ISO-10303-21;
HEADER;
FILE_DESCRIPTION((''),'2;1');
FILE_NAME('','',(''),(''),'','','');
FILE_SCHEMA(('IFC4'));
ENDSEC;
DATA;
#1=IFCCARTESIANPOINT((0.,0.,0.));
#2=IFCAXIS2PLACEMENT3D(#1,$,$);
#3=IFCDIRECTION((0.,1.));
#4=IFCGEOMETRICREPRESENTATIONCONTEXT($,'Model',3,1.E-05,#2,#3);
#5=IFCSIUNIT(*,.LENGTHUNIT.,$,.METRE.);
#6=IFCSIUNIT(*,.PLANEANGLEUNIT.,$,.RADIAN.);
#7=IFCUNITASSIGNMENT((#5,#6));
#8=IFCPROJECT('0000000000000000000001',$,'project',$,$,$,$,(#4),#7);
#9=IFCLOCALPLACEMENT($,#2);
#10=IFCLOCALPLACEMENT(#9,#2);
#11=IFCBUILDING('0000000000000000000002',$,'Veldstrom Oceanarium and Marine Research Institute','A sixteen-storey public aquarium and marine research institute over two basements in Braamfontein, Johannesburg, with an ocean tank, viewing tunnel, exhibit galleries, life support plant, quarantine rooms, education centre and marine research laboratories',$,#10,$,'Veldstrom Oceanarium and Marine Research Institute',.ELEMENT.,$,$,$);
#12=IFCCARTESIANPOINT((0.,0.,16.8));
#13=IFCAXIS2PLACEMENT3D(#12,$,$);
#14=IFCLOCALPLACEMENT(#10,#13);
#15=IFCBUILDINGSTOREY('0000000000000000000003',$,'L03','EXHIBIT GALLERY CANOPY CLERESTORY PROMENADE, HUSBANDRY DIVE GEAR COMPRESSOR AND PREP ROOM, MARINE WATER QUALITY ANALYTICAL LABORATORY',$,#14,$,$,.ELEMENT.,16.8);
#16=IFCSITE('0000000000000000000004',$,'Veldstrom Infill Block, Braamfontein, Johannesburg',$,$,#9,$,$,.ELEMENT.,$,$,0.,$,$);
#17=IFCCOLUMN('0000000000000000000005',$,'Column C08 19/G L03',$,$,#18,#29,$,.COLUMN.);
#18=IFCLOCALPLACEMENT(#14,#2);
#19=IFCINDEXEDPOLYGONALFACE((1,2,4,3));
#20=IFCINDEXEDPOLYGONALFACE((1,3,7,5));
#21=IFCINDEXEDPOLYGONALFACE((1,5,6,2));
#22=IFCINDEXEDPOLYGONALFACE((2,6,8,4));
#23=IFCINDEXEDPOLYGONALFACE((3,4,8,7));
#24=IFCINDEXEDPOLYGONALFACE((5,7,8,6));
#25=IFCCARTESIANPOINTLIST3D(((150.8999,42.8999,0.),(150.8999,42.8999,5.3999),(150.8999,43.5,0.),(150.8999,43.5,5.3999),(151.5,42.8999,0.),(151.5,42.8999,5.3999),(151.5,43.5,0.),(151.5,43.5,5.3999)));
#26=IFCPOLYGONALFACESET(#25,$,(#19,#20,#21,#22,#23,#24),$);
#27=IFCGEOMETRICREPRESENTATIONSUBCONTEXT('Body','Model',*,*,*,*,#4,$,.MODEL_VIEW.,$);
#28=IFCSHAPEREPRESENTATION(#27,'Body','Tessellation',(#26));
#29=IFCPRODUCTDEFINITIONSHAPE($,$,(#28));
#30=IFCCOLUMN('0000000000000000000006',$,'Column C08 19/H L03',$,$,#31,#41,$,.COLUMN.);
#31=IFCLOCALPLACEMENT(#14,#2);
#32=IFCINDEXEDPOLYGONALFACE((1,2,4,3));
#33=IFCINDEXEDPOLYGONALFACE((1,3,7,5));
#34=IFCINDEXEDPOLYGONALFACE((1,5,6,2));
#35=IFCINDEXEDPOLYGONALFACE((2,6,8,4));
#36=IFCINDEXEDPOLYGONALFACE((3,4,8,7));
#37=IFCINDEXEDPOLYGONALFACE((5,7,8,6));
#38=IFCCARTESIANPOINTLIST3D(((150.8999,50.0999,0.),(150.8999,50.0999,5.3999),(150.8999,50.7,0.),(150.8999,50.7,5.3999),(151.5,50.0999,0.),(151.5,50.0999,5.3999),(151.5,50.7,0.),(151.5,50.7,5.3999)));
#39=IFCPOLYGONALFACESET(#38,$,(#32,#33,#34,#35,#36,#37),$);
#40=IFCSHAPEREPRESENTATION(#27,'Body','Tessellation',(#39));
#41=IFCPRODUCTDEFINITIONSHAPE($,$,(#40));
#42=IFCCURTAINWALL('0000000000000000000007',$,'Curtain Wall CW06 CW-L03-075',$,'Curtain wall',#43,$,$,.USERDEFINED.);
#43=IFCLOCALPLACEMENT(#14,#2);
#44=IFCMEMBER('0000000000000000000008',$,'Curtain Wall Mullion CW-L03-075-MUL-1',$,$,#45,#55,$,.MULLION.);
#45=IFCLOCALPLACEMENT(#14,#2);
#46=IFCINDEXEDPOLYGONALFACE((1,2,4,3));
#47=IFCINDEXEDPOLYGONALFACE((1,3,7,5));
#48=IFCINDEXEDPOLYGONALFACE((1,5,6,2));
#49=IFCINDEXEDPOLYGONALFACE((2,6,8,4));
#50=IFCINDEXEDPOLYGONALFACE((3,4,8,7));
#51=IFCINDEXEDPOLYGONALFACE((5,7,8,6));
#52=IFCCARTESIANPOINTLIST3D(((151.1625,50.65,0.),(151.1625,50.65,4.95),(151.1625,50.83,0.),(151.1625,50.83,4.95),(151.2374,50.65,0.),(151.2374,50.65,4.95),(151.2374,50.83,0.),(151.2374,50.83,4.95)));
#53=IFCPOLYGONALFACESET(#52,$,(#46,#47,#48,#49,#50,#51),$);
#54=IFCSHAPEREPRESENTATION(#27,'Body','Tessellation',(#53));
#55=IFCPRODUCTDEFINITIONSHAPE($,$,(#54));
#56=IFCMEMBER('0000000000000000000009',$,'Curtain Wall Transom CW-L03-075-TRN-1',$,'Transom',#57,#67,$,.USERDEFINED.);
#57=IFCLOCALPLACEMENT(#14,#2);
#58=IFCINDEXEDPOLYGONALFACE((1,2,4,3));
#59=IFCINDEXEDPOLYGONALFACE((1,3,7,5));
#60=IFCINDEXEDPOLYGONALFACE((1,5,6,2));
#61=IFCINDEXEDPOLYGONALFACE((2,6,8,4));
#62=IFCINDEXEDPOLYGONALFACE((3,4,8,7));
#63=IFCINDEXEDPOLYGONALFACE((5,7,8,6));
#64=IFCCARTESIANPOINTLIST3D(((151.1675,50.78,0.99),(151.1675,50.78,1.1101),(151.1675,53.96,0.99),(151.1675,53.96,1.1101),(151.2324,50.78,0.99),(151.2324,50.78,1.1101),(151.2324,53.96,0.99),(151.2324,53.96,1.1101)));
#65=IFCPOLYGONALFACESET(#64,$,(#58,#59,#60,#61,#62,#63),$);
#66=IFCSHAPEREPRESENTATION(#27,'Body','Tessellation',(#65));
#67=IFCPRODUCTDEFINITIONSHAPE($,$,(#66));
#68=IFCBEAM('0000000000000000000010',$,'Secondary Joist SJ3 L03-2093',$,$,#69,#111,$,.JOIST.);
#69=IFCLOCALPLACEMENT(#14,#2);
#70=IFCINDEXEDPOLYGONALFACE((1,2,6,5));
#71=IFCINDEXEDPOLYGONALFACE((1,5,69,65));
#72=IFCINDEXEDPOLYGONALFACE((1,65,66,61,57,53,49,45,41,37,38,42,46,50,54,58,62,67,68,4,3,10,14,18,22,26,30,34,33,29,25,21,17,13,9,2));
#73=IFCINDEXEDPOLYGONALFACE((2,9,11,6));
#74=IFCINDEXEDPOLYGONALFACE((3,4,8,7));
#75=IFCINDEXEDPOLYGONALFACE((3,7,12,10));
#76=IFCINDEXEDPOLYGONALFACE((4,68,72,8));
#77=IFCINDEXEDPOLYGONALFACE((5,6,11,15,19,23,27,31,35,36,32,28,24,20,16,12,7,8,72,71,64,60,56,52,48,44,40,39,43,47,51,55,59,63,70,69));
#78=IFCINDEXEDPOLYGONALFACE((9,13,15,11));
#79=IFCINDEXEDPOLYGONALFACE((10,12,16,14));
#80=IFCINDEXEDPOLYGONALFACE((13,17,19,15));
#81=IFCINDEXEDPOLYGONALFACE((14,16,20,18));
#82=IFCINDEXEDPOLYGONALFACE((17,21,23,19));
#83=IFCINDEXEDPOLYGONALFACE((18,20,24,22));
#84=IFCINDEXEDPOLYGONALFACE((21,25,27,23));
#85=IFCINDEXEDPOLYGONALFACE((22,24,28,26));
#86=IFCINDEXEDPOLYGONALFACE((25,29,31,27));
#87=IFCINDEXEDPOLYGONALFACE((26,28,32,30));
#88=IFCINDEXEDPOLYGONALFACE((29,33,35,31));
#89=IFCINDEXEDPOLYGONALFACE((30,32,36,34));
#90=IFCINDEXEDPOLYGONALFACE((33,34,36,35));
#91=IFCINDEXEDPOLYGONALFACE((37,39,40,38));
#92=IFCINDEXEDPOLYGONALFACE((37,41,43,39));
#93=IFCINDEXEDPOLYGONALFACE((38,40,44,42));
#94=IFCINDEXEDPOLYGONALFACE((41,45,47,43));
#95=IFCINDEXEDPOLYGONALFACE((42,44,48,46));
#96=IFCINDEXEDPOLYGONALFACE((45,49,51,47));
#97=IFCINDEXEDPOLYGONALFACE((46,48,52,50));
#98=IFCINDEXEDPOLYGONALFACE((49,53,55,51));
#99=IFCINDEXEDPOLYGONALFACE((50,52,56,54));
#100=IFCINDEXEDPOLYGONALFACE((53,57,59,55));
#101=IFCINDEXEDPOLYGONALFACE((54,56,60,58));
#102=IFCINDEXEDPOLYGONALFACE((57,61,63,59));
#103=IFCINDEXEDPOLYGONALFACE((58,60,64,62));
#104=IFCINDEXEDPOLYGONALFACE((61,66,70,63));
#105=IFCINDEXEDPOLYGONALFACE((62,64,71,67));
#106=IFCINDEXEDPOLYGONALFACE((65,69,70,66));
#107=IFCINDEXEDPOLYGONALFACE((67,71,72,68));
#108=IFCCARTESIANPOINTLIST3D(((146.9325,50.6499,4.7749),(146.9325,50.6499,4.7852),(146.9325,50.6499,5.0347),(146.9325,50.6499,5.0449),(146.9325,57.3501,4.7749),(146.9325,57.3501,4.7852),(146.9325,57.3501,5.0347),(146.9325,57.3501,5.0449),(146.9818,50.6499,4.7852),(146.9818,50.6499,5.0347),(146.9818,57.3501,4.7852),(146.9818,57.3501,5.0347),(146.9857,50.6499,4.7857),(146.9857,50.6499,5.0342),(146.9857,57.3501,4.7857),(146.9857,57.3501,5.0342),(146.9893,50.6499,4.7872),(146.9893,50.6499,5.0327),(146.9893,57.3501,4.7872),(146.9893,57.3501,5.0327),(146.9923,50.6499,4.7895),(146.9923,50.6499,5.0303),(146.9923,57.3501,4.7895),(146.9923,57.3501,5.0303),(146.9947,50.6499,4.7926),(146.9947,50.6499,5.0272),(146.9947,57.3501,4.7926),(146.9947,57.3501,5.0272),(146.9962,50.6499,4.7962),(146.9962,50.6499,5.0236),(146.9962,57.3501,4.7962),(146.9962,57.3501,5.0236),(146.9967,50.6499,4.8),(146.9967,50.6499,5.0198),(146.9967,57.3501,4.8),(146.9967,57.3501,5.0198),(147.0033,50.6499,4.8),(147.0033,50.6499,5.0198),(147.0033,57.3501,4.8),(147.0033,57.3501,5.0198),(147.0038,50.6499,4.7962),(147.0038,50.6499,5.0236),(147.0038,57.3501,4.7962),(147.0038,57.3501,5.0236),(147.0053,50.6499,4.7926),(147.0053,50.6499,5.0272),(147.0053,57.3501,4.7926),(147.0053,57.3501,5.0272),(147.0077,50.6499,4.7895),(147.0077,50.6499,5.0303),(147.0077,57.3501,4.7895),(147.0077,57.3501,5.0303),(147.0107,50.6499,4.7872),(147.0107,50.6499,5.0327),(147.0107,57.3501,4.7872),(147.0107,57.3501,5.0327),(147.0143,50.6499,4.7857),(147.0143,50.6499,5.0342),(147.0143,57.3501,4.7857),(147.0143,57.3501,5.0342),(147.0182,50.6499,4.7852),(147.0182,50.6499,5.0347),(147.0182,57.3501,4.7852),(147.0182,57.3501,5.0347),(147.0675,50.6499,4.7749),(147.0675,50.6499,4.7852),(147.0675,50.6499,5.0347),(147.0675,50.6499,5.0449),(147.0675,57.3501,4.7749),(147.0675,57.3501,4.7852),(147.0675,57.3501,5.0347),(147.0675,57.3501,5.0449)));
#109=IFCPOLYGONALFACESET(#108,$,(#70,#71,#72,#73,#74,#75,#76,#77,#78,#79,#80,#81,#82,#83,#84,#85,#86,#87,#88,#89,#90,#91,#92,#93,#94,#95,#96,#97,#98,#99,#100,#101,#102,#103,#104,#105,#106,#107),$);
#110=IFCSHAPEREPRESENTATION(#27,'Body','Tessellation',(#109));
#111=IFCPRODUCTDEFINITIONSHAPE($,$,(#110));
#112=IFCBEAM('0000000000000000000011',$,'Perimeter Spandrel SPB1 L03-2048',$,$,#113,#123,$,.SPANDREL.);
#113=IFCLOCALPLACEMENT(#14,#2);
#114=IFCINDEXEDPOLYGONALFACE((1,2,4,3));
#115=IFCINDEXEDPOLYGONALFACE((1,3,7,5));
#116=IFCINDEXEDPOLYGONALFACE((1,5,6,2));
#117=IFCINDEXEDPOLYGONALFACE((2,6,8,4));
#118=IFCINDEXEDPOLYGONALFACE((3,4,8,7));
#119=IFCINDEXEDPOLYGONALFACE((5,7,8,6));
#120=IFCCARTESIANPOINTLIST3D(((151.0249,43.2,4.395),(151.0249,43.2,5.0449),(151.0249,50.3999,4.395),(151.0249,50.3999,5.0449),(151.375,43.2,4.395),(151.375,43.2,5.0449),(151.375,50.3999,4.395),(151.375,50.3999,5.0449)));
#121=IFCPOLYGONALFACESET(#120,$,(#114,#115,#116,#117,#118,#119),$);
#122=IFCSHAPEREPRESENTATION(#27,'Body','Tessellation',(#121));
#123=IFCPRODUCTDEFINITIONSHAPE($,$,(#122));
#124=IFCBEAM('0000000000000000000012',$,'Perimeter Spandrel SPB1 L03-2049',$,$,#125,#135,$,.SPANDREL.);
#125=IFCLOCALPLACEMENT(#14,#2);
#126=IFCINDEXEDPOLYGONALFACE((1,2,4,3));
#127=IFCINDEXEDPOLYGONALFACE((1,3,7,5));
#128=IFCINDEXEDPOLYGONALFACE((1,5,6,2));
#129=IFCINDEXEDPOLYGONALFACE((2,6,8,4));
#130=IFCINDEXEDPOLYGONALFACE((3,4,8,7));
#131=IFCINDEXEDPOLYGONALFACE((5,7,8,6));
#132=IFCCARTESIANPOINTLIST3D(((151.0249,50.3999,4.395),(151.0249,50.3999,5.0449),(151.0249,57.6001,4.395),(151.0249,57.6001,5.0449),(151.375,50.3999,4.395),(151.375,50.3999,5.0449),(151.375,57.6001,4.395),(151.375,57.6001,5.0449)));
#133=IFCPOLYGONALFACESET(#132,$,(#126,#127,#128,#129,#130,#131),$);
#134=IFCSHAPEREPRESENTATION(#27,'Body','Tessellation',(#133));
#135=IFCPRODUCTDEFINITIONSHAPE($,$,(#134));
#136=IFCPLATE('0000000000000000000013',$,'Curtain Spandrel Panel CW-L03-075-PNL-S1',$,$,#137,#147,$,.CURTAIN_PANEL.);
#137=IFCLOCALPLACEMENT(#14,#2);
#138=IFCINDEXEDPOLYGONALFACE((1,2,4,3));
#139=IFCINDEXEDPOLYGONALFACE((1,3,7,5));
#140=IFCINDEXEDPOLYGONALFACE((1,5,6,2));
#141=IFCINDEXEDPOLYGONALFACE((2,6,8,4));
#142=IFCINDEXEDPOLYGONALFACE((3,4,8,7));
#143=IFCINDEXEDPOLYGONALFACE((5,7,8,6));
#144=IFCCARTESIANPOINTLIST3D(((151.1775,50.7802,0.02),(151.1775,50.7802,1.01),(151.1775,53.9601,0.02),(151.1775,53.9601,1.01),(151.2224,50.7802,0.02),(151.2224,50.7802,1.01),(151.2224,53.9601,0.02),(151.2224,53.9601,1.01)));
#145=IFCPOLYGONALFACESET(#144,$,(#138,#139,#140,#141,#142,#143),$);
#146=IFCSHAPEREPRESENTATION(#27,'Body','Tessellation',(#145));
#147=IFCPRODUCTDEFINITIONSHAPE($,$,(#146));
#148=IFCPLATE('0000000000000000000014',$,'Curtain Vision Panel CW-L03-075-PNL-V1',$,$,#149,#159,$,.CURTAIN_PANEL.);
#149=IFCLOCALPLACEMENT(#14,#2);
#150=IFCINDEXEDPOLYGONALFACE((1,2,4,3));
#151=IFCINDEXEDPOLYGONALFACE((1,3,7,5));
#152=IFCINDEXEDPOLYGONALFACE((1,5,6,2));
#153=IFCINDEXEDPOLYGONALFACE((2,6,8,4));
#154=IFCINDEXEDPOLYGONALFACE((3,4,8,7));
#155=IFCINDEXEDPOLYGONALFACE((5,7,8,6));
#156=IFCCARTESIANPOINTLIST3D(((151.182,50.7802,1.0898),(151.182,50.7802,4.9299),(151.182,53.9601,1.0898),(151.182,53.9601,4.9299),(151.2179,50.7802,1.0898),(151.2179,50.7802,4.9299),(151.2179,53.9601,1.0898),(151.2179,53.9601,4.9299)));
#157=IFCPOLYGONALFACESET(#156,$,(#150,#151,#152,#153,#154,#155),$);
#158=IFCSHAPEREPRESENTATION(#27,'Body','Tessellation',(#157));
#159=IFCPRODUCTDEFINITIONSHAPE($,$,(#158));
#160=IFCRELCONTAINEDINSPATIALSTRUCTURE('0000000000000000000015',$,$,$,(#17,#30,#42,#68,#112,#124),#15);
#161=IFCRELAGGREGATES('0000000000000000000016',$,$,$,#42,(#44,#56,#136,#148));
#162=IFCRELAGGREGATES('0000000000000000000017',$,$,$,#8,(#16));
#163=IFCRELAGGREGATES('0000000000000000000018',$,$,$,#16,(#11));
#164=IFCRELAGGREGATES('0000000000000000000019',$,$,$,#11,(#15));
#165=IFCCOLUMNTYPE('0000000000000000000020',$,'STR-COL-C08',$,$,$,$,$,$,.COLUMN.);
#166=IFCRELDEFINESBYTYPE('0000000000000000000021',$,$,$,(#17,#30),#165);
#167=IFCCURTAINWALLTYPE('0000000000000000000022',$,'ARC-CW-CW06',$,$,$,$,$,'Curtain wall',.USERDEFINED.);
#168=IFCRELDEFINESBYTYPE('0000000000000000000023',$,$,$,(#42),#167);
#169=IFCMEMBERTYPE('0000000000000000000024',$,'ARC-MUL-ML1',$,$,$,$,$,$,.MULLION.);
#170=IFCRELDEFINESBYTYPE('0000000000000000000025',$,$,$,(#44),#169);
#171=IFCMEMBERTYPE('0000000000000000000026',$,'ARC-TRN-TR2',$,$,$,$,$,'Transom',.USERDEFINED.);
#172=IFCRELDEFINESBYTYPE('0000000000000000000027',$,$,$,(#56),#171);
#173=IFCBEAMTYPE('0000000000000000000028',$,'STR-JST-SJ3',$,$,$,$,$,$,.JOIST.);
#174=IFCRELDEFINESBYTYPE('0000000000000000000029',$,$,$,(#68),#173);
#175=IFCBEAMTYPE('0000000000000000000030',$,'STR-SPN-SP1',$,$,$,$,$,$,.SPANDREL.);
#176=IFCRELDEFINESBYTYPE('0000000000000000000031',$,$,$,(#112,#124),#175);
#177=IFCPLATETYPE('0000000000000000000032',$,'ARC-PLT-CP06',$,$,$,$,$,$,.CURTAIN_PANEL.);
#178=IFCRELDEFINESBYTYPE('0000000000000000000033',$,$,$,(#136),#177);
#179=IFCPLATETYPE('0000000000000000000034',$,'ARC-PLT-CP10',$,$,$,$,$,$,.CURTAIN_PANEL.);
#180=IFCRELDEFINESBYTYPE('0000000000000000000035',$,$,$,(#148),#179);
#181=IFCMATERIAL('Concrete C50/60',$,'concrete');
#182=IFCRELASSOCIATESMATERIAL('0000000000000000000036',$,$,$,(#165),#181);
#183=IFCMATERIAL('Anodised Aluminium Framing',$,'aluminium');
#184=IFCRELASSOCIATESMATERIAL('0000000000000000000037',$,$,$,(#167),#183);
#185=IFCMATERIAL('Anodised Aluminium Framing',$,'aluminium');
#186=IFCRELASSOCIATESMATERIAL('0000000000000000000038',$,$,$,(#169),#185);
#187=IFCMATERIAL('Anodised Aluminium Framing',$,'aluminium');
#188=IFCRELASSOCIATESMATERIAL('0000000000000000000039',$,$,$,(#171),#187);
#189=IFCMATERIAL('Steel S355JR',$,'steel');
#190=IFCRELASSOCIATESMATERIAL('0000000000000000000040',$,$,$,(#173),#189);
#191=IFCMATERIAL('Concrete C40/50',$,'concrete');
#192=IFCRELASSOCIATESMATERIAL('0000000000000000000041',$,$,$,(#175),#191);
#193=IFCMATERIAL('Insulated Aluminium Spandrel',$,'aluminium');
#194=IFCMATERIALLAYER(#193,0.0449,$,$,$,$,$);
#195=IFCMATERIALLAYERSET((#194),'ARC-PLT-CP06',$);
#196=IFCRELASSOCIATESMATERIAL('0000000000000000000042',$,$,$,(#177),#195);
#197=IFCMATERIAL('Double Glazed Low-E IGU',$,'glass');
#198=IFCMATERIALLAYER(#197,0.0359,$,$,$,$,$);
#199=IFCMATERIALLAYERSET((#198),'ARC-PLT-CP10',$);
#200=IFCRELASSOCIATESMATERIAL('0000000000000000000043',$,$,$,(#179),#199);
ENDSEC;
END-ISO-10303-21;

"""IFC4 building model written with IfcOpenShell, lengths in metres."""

from ifc_helpers import new_model, si_unit, direction, frame, origin, origin_2d, place, context, subcontext, project, spatial, rectangle, i_section, extrude, material, layer, layer_set, material_profile, profile_set, type_object, element, aggregate, save


model = new_model("IFC4")

# Units and contexts
model_context = context("Model", 3, precision=1e-05, world=origin(), true_north=direction((0.0, 1.0)))
body_context = subcontext(model_context, "Body", "Model", "MODEL_VIEW")
ifc_project = project(units=[si_unit("LENGTHUNIT", "METRE"), si_unit("PLANEANGLEUNIT", "RADIAN")], contexts=[model_context])

# Site, building, storey
site_placement = place(None, origin())
site = spatial("IfcSite", under=ifc_project, at=site_placement, Name="Veldstrom Infill Block, Braamfontein, Johannesburg", CompositionType="ELEMENT", RefElevation=0.0)
building_placement = place(site_placement, origin())
building = spatial("IfcBuilding", under=site, at=building_placement, Name="Veldstrom Oceanarium and Marine Research Institute", Description="A sixteen-storey public aquarium and marine research institute over two basements in Braamfontein, Johannesburg, with an ocean tank, viewing tunnel, exhibit galleries, life support plant, quarantine rooms, education centre and marine research laboratories", LongName="Veldstrom Oceanarium and Marine Research Institute", CompositionType="ELEMENT")
storey_placement = place(building_placement, frame((0.0, 0.0, 16.8)))
storey = spatial("IfcBuildingStorey", under=building, at=storey_placement, Name="L03", Description="EXHIBIT GALLERY CANOPY CLERESTORY PROMENADE, HUSBANDRY DIVE GEAR COMPRESSOR AND PREP ROOM, MARINE WATER QUALITY ANALYTICAL LABORATORY", CompositionType="ELEMENT", Elevation=16.8)

# Columns
ifc_material_1 = material(Name="Concrete C50/60", Category="concrete")
ifc_material_profile_1 = material_profile(ifc_material_1, rectangle(XDim=0.6001, YDim=0.6001, at=origin_2d()), Name="RC-COL-600x600")
ifc_profile_set_1 = profile_set([ifc_material_profile_1], Name="Concrete C50/60")
column_type = type_object("IfcColumnType", Name="STR-COL-C08", PredefinedType="COLUMN", material=ifc_profile_set_1)
for number, where, z_axis, x_axis, name in (
    (1, (151.2, 43.2, 0.0), (0.0, 0.0, 1.0), (1.0, 0.0, 0.0), "Column C08 19/G L03"),
    (2, (151.2, 50.3999, 0.0), (0.0, 0.0, 1.0), (1.0, 0.0, 0.0), "Column C08 19/H L03"),
):
    element("IfcColumn", number, at=place(storey_placement, frame(where, z_axis=z_axis, x_axis=x_axis)), inside=storey, type_object=column_type, Name=name, PredefinedType="COLUMN", context=body_context, shape_type="SweptSolid", body=[
        extrude(rectangle(XDim=0.6001, YDim=0.6001, at=origin_2d()), origin(), (0.0, 0.0, 1.0), 5.3999),
    ])

# Curtain wall, members
ifc_material_2 = material(Name="Anodised Aluminium Framing", Category="aluminium")
curtain_wall_type = type_object("IfcCurtainWallType", Name="ARC-CW-CW06", ElementType="Curtain wall", PredefinedType="USERDEFINED", material=ifc_material_2)
curtain_wall_placement = place(storey_placement, origin())
curtain_wall = element("IfcCurtainWall", 3, at=curtain_wall_placement, inside=storey, type_object=curtain_wall_type, Name="Curtain Wall CW06 CW-L03-075", ObjectType="Curtain wall", PredefinedType="USERDEFINED")
ifc_material_3 = material(Name="Anodised Aluminium Framing", Category="aluminium")
ifc_material_profile_2 = material_profile(ifc_material_3, rectangle(XDim=0.075, YDim=0.1799, at=origin_2d()), Name="ALU-MUL-75x180")
ifc_profile_set_2 = profile_set([ifc_material_profile_2], Name="Anodised Aluminium Framing")
member_type_1 = type_object("IfcMemberType", Name="ARC-MUL-ML1", PredefinedType="MULLION", material=ifc_profile_set_2)
member_1_placement = place(storey_placement, frame((151.2, 50.74, 0.0), z_axis=(0.0, 0.0, 1.0), x_axis=(1.0, 0.0, 0.0)))
member_1 = element("IfcMember", 4, at=member_1_placement, type_object=member_type_1, Name="Curtain Wall Mullion CW-L03-075-MUL-1", PredefinedType="MULLION", context=body_context, shape_type="SweptSolid", body=[
    extrude(rectangle(XDim=0.075, YDim=0.1799, at=origin_2d()), origin(), (0.0, 0.0, 1.0), 4.95),
])
ifc_material_4 = material(Name="Anodised Aluminium Framing", Category="aluminium")
ifc_material_profile_3 = material_profile(ifc_material_4, rectangle(XDim=0.0649, YDim=0.1201, at=origin_2d()), Name="ALU-TRN-65x120")
ifc_profile_set_3 = profile_set([ifc_material_profile_3], Name="Anodised Aluminium Framing")
member_type_2 = type_object("IfcMemberType", Name="ARC-TRN-TR2", ElementType="Transom", PredefinedType="USERDEFINED", material=ifc_profile_set_3)
member_2_placement = place(storey_placement, frame((151.2, 50.78, 1.05), z_axis=(0.0, 1.0, 0.0), x_axis=(-1.0, 0.0, 0.0)))
member_2 = element("IfcMember", 5, at=member_2_placement, type_object=member_type_2, Name="Curtain Wall Transom CW-L03-075-TRN-1", ObjectType="Transom", PredefinedType="USERDEFINED", context=body_context, shape_type="SweptSolid", body=[
    extrude(rectangle(XDim=0.0649, YDim=0.1201, at=origin_2d()), origin(), (0.0, 0.0, 1.0), 3.1799),
])

# Beams
ifc_material_5 = material(Name="Steel S355JR", Category="steel")
ifc_material_profile_4 = material_profile(ifc_material_5, i_section(OverallWidth=0.135, OverallDepth=0.27, WebThickness=0.0066, FlangeThickness=0.0103, FilletRadius=0.0149, at=origin_2d()), Name="IPE 270")
ifc_profile_set_4 = profile_set([ifc_material_profile_4], Name="Steel S355JR")
beam_type_1 = type_object("IfcBeamType", Name="STR-JST-SJ3", PredefinedType="JOIST", material=ifc_profile_set_4)
beam_1_placement = place(storey_placement, frame((147.0, 50.6499, 4.9099), z_axis=(0.0, 1.0, 0.0), x_axis=(-1.0, 0.0, 0.0)))
element("IfcBeam", 6, at=beam_1_placement, inside=storey, type_object=beam_type_1, Name="Secondary Joist SJ3 L03-2093", PredefinedType="JOIST", context=body_context, shape_type="SweptSolid", body=[
    extrude(i_section(OverallWidth=0.135, OverallDepth=0.27, WebThickness=0.0066, FlangeThickness=0.0103, FilletRadius=0.0149, at=origin_2d()), origin(), (0.0, 0.0, 1.0), 6.7002),
])
ifc_material_6 = material(Name="Concrete C40/50", Category="concrete")
ifc_material_profile_5 = material_profile(ifc_material_6, rectangle(XDim=0.3501, YDim=0.6499, at=origin_2d()), Name="RC-SPN-350x650")
ifc_profile_set_5 = profile_set([ifc_material_profile_5], Name="Concrete C40/50")
beam_type_2 = type_object("IfcBeamType", Name="STR-SPN-SP1", PredefinedType="SPANDREL", material=ifc_profile_set_5)
beam_2_placement = place(storey_placement, frame((151.2, 43.2, 4.72), z_axis=(0.0, 1.0, 0.0), x_axis=(-1.0, 0.0, 0.0)))
element("IfcBeam", 7, at=beam_2_placement, inside=storey, type_object=beam_type_2, Name="Perimeter Spandrel SPB1 L03-2048", PredefinedType="SPANDREL", context=body_context, shape_type="SweptSolid", body=[
    extrude(rectangle(XDim=0.3501, YDim=0.6499, at=origin_2d()), origin(), (0.0, 0.0, 1.0), 7.2),
])
beam_3_placement = place(storey_placement, frame((151.2, 50.3999, 4.72), z_axis=(0.0, 1.0, 0.0), x_axis=(-1.0, 0.0, 0.0)))
element("IfcBeam", 8, at=beam_3_placement, inside=storey, type_object=beam_type_2, Name="Perimeter Spandrel SPB1 L03-2049", PredefinedType="SPANDREL", context=body_context, shape_type="SweptSolid", body=[
    extrude(rectangle(XDim=0.3501, YDim=0.6499, at=origin_2d()), origin(), (0.0, 0.0, 1.0), 7.2002),
])

# Plates
ifc_material_7 = material(Name="Insulated Aluminium Spandrel", Category="aluminium")
ifc_layer_1 = layer(ifc_material_7, 0.0449)
ifc_layer_set_1 = layer_set([ifc_layer_1], Name="ARC-PLT-CP06")
plate_type_1 = type_object("IfcPlateType", Name="ARC-PLT-CP06", PredefinedType="CURTAIN_PANEL", material=ifc_layer_set_1)
plate_1_placement = place(storey_placement, frame((151.2, 52.3701, 0.02), z_axis=(0.0, 0.0, 1.0), x_axis=(0.0, 1.0, 0.0)))
plate_1 = element("IfcPlate", 9, at=plate_1_placement, type_object=plate_type_1, Name="Curtain Spandrel Panel CW-L03-075-PNL-S1", PredefinedType="CURTAIN_PANEL", context=body_context, shape_type="SweptSolid", body=[
    extrude(rectangle(XDim=3.1799, YDim=0.0449, at=origin_2d()), origin(), (0.0, 0.0, 1.0), 0.99),
])
ifc_material_8 = material(Name="Double Glazed Low-E IGU", Category="glass")
ifc_layer_2 = layer(ifc_material_8, 0.0359)
ifc_layer_set_2 = layer_set([ifc_layer_2], Name="ARC-PLT-CP10")
plate_type_2 = type_object("IfcPlateType", Name="ARC-PLT-CP10", PredefinedType="CURTAIN_PANEL", material=ifc_layer_set_2)
plate_2_placement = place(storey_placement, frame((151.2, 52.3701, 1.0898), z_axis=(0.0, 0.0, 1.0), x_axis=(0.0, 1.0, 0.0)))
plate_2 = element("IfcPlate", 10, at=plate_2_placement, type_object=plate_type_2, Name="Curtain Vision Panel CW-L03-075-PNL-V1", PredefinedType="CURTAIN_PANEL", context=body_context, shape_type="SweptSolid", body=[
    extrude(rectangle(XDim=3.1799, YDim=0.0359, at=origin_2d()), origin(), (0.0, 0.0, 1.0), 3.8401),
])
aggregate(curtain_wall, [member_1, member_2, plate_1, plate_2])

save(model, "model.ifc")
